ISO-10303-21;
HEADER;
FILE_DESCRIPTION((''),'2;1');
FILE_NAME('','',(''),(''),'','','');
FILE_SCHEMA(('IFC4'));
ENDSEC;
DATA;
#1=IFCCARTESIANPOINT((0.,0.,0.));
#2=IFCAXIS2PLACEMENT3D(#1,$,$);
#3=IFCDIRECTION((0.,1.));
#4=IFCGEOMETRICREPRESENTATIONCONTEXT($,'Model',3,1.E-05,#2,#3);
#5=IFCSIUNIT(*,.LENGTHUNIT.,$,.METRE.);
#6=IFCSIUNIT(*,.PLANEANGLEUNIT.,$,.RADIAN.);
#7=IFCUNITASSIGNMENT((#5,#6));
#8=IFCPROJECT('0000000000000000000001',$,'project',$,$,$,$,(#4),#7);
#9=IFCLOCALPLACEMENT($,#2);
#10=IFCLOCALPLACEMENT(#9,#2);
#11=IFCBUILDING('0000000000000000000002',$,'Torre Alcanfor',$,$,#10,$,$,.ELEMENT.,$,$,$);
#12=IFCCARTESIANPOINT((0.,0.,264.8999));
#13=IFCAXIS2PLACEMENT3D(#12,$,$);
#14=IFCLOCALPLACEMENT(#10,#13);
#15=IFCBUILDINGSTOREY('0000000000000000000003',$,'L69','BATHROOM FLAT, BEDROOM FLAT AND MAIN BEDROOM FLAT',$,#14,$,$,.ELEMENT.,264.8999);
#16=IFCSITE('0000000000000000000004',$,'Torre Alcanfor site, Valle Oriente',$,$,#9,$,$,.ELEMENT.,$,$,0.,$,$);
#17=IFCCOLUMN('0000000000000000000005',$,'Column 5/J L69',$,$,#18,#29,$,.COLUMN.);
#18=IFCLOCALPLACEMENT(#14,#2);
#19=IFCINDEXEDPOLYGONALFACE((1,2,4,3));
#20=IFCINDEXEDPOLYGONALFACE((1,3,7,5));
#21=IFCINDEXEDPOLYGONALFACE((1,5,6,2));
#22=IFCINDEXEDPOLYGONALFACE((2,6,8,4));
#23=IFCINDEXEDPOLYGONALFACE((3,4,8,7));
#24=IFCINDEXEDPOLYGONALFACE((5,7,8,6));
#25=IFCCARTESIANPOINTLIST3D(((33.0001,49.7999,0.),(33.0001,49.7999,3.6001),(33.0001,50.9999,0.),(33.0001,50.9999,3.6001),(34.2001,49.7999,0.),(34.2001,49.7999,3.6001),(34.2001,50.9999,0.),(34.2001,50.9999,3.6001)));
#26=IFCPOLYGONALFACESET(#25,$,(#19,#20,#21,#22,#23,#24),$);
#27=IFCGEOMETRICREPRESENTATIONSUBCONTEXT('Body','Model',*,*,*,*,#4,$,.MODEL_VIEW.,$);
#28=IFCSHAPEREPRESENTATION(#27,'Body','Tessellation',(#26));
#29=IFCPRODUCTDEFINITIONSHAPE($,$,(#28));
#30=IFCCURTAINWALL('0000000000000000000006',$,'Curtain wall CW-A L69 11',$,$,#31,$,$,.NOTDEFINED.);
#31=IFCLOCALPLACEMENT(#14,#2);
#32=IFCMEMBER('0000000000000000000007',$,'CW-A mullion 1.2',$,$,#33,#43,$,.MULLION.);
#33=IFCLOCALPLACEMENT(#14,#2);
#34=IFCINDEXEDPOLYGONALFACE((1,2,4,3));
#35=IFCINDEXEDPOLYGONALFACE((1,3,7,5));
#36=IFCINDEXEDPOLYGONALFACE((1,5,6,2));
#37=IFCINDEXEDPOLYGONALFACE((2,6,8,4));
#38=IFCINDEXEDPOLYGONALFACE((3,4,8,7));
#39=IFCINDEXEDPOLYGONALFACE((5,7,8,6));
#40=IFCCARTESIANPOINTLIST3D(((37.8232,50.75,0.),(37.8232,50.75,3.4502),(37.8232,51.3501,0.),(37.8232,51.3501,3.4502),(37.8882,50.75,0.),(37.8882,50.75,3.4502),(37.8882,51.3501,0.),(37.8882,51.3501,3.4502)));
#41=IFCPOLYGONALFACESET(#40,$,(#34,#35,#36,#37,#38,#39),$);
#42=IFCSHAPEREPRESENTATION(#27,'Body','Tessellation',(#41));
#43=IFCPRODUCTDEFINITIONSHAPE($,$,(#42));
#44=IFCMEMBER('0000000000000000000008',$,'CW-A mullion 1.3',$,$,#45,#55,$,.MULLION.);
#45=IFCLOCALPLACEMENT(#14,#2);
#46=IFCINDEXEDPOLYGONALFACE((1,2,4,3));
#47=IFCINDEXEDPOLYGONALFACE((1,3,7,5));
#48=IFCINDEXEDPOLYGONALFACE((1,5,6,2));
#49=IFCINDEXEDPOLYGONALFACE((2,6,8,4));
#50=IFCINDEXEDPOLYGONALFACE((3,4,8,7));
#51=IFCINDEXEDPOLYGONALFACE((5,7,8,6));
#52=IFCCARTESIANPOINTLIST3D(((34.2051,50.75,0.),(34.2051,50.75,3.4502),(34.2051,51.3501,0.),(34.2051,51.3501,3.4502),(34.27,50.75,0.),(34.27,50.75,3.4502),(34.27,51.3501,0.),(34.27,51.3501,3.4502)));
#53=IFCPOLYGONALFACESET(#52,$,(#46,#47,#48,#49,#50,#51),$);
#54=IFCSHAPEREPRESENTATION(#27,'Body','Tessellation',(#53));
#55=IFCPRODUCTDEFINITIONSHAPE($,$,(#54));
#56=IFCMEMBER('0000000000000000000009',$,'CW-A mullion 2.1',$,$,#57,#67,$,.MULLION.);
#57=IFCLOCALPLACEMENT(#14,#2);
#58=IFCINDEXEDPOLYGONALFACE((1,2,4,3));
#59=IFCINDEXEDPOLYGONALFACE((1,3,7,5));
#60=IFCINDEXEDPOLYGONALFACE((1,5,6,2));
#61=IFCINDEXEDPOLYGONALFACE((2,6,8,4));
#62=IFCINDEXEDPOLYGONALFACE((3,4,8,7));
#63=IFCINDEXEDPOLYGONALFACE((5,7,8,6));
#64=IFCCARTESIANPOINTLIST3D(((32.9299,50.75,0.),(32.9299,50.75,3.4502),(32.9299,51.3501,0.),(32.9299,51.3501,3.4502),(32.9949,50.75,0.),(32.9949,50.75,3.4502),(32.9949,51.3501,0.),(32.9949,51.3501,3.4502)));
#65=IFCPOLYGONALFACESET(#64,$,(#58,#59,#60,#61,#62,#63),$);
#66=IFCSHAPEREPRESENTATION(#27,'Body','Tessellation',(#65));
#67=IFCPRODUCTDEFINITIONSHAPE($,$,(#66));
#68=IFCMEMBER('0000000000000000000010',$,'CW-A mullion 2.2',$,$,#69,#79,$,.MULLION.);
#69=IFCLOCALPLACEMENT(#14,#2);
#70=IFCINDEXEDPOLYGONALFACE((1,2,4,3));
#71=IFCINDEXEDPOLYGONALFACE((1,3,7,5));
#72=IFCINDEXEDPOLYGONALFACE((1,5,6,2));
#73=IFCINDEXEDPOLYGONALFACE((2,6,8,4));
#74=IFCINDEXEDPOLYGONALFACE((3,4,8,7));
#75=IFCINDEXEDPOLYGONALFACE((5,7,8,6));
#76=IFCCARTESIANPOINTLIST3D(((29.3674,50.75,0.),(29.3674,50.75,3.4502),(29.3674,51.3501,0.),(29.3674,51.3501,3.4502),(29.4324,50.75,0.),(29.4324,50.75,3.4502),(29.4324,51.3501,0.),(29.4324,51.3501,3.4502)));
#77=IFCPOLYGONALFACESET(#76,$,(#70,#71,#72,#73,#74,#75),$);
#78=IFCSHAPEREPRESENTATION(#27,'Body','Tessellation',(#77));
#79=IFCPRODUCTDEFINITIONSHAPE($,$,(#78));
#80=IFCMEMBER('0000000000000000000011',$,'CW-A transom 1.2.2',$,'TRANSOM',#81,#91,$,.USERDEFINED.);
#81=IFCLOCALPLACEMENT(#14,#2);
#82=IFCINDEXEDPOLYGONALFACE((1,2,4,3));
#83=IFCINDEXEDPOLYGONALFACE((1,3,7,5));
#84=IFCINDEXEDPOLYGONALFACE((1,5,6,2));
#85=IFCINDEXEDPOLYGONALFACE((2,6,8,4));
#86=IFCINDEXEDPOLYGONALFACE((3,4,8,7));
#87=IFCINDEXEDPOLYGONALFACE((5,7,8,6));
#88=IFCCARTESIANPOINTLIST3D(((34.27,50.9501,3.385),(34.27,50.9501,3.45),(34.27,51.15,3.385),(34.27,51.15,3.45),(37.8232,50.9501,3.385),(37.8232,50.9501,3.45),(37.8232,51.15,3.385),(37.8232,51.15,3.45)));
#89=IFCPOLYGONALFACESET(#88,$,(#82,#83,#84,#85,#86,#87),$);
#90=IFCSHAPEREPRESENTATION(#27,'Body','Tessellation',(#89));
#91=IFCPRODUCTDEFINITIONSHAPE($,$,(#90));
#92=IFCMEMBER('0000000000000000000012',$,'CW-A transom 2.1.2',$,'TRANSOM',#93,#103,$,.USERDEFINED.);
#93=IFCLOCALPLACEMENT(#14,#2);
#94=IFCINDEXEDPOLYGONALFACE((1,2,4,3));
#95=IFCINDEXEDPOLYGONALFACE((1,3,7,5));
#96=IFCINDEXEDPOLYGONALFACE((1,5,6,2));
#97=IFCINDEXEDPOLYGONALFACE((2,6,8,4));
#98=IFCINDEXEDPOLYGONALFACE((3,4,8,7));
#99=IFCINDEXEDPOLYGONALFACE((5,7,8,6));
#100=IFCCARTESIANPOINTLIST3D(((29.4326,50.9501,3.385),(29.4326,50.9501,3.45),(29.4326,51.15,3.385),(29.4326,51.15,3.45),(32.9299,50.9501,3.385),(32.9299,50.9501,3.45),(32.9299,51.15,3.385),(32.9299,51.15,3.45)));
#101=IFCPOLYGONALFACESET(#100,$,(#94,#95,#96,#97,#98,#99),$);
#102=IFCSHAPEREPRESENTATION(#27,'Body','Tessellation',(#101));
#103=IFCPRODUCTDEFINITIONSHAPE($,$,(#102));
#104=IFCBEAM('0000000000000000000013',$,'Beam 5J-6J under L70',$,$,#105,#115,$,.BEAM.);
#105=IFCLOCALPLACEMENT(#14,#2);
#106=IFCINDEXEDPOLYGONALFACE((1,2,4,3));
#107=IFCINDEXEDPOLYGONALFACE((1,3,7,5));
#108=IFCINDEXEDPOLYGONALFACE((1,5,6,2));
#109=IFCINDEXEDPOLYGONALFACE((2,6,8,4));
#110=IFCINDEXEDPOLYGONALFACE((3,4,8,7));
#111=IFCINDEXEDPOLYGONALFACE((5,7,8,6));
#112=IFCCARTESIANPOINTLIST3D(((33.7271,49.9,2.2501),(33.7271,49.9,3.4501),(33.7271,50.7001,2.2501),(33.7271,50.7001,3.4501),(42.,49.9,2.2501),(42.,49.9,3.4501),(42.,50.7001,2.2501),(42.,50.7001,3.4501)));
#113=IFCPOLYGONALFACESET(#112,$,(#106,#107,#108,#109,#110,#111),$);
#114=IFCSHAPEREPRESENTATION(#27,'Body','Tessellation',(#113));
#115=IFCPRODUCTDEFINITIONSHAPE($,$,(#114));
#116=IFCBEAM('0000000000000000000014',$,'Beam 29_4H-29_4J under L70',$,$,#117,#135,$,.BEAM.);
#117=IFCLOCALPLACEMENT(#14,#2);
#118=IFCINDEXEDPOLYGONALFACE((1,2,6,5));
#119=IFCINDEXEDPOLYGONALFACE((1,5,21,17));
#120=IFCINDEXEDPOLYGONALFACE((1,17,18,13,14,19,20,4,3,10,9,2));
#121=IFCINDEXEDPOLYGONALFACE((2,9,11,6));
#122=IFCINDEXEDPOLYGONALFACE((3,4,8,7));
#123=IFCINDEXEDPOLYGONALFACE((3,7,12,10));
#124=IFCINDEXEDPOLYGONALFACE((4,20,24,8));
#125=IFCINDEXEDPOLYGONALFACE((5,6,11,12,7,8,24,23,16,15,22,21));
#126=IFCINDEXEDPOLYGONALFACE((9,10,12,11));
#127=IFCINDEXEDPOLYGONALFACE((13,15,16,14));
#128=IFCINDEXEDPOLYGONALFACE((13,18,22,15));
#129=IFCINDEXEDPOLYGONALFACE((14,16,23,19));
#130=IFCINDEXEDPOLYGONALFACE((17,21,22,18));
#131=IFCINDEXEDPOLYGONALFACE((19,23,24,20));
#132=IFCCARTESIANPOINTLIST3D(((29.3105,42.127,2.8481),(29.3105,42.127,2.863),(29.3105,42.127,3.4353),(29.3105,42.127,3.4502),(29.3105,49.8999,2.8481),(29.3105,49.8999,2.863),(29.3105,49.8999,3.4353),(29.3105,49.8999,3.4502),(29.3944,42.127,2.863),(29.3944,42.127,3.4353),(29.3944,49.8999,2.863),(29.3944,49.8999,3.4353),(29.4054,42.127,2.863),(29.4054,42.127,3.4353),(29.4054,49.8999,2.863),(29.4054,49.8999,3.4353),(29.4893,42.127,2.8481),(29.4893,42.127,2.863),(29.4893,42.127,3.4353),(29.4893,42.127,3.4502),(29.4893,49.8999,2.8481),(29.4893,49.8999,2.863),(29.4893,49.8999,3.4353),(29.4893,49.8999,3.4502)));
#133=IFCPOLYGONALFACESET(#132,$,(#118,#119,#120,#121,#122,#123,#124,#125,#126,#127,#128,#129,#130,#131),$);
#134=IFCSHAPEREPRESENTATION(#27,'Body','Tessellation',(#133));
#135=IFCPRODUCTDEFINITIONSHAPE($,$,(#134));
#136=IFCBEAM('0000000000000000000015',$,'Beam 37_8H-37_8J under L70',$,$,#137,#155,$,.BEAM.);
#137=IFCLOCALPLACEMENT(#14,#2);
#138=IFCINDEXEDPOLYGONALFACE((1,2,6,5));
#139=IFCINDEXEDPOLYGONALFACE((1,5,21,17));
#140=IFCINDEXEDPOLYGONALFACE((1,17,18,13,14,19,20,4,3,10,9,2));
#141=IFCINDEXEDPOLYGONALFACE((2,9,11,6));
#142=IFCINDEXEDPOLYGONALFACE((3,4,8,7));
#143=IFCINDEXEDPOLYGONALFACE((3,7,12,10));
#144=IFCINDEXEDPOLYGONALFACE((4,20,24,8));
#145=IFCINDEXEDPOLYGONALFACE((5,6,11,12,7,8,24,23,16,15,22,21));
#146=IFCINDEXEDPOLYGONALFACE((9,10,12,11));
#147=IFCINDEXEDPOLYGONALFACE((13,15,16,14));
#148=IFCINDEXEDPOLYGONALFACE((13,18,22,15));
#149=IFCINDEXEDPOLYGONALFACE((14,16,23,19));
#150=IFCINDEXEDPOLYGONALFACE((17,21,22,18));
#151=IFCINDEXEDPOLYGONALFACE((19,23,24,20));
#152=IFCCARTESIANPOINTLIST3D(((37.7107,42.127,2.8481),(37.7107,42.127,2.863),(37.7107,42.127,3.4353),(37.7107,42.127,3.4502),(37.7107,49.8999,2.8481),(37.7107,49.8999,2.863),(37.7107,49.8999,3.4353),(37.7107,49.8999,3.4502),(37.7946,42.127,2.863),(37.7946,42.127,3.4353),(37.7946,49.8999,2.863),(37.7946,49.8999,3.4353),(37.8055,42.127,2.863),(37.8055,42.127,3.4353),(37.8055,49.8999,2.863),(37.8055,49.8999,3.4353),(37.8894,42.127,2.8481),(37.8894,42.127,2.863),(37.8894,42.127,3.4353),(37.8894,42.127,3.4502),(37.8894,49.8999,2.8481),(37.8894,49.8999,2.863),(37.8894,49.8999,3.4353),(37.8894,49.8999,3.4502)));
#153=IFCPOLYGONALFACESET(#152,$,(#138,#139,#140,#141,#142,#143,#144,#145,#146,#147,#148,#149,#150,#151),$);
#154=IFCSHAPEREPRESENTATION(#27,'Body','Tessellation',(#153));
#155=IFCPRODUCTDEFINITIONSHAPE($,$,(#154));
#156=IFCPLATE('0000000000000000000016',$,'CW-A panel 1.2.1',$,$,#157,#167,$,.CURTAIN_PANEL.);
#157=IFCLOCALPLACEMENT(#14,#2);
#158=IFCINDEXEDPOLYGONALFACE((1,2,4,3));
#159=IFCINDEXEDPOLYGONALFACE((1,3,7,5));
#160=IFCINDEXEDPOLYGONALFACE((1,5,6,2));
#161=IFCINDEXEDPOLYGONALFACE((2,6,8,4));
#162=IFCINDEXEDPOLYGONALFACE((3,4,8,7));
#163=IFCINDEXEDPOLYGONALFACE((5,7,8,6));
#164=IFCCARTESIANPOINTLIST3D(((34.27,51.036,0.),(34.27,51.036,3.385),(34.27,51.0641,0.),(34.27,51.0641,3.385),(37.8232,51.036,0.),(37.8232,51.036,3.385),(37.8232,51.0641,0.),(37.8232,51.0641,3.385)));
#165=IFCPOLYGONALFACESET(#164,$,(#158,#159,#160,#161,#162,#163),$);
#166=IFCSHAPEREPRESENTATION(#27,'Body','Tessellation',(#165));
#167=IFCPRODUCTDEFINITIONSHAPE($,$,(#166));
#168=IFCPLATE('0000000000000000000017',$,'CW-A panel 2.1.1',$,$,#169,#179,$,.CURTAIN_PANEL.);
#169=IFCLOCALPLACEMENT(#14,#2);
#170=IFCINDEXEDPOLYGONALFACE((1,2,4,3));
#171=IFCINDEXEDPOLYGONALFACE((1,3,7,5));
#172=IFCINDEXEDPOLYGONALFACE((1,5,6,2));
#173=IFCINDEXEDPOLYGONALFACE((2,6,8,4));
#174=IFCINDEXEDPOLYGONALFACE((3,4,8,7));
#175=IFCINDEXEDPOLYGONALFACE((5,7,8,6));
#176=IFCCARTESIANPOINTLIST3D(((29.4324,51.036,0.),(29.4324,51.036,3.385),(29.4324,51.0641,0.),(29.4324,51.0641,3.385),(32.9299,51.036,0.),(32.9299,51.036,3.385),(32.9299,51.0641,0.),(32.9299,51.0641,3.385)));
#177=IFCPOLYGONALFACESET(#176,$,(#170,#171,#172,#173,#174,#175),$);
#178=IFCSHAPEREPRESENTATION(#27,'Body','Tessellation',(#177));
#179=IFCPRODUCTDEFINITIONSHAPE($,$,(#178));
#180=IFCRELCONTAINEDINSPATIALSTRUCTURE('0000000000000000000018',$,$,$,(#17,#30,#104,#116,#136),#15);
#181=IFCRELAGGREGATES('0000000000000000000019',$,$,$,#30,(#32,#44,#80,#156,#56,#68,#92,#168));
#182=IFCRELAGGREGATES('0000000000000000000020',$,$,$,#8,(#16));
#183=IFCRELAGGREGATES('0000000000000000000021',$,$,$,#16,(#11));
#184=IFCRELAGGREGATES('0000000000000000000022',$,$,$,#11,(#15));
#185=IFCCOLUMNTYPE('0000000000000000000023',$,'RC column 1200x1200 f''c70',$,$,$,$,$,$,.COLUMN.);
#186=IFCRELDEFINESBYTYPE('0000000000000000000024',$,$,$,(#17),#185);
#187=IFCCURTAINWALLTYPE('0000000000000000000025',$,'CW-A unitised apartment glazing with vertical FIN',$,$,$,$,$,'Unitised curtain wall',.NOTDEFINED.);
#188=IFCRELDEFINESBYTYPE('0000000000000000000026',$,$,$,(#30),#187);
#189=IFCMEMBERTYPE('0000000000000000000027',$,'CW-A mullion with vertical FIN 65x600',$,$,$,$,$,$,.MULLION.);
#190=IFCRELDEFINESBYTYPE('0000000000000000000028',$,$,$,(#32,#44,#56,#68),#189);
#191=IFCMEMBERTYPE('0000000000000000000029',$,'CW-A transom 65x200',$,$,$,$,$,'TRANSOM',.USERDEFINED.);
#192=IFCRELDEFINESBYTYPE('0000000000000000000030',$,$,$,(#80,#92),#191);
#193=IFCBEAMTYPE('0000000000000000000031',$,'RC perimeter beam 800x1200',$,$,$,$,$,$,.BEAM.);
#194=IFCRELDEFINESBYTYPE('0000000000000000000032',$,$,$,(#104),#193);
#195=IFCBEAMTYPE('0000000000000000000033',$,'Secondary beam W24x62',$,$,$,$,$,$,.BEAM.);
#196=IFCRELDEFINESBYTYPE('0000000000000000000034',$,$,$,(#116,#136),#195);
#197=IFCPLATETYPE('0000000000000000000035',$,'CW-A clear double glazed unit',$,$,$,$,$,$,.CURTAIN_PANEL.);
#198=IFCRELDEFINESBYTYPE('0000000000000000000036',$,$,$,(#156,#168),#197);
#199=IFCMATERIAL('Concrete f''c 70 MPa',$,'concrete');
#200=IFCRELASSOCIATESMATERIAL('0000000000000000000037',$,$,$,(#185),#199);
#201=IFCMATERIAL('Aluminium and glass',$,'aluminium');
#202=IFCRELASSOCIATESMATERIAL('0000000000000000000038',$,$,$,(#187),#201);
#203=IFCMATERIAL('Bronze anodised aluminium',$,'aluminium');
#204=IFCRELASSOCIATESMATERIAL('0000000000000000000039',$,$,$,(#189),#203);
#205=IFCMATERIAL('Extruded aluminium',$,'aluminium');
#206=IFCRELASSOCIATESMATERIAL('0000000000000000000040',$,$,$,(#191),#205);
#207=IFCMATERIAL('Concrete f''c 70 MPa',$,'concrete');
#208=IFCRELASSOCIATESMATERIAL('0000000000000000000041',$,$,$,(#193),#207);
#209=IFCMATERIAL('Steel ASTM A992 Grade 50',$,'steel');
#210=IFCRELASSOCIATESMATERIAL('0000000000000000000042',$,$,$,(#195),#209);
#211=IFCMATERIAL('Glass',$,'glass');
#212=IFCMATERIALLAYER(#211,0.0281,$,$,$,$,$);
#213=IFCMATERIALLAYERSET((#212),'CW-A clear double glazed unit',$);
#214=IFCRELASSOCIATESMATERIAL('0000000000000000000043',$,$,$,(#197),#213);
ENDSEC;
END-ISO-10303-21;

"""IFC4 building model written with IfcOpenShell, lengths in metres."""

from ifc_helpers import new_model, si_unit, direction, frame, origin, origin_2d, place, context, subcontext, project, spatial, rectangle, i_section, extrude, material, layer, layer_set, material_profile, profile_set, type_object, element, aggregate, save


model = new_model("IFC4")

# Units and contexts
model_context = context("Model", 3, precision=1e-05, world=origin(), true_north=direction((0.0, 1.0)))
body_context = subcontext(model_context, "Body", "Model", "MODEL_VIEW")
ifc_project = project(units=[si_unit("LENGTHUNIT", "METRE"), si_unit("PLANEANGLEUNIT", "RADIAN")], contexts=[model_context])

# Site, building, storey
site_placement = place(None, origin())
site = spatial("IfcSite", under=ifc_project, at=site_placement, Name="Torre Alcanfor site, Valle Oriente", CompositionType="ELEMENT", RefElevation=0.0)
building_placement = place(site_placement, origin())
building = spatial("IfcBuilding", under=site, at=building_placement, Name="Torre Alcanfor", CompositionType="ELEMENT")
storey_placement = place(building_placement, frame((0.0, 0.0, 264.8999)))
storey = spatial("IfcBuildingStorey", under=building, at=storey_placement, Name="L69", Description="BATHROOM FLAT, BEDROOM FLAT AND MAIN BEDROOM FLAT", CompositionType="ELEMENT", Elevation=264.8999)

# Column
ifc_material_1 = material(Name="Concrete f'c 70 MPa", Category="concrete")
ifc_material_profile_1 = material_profile(ifc_material_1, rectangle(XDim=1.2, YDim=1.2, at=origin_2d()), Name="1200x1200")
ifc_profile_set_1 = profile_set([ifc_material_profile_1], Name="Concrete f'c 70 MPa")
column_type = type_object("IfcColumnType", Name="RC column 1200x1200 f'c70", PredefinedType="COLUMN", material=ifc_profile_set_1)
column_placement = place(storey_placement, frame((33.6001, 50.3999, 0.0), z_axis=(0.0, 0.0, 1.0), x_axis=(1.0, 0.0, 0.0)))
element("IfcColumn", 1, at=column_placement, inside=storey, type_object=column_type, Name="Column 5/J L69", PredefinedType="COLUMN", context=body_context, shape_type="SweptSolid", body=[
    extrude(rectangle(XDim=1.2, YDim=1.2, at=origin_2d()), origin(), (0.0, 0.0, 1.0), 3.6001),
])

# Curtain wall, members
ifc_material_2 = material(Name="Aluminium and glass", Category="aluminium")
curtain_wall_type = type_object("IfcCurtainWallType", Name="CW-A unitised apartment glazing with vertical FIN", ElementType="Unitised curtain wall", PredefinedType="NOTDEFINED", material=ifc_material_2)
curtain_wall_placement = place(storey_placement, origin())
curtain_wall = element("IfcCurtainWall", 2, at=curtain_wall_placement, inside=storey, type_object=curtain_wall_type, Name="Curtain wall CW-A L69 11", PredefinedType="NOTDEFINED")
ifc_material_3 = material(Name="Bronze anodised aluminium", Category="aluminium")
ifc_material_profile_2 = material_profile(ifc_material_3, rectangle(XDim=0.6001, YDim=0.0649, at=origin_2d()), Name="CW-A mullion 65x600")
ifc_profile_set_2 = profile_set([ifc_material_profile_2], Name="Bronze anodised aluminium")
member_type_1 = type_object("IfcMemberType", Name="CW-A mullion with vertical FIN 65x600", PredefinedType="MULLION", material=ifc_profile_set_2)
member_1_placement = place(storey_placement, frame((37.8557, 51.05, 0.0), z_axis=(0.0, 0.0, 1.0), x_axis=(0.0, -1.0, 0.0)))
member_1 = element("IfcMember", 3, at=member_1_placement, type_object=member_type_1, Name="CW-A mullion 1.2", PredefinedType="MULLION", context=body_context, shape_type="SweptSolid", body=[
    extrude(rectangle(XDim=0.6001, YDim=0.0649, at=origin_2d()), origin(), (0.0, 0.0, 1.0), 3.4502),
])
member_2_placement = place(storey_placement, frame((34.2375, 51.05, 0.0), z_axis=(0.0, 0.0, 1.0), x_axis=(0.0, -1.0, 0.0)))
member_2 = element("IfcMember", 4, at=member_2_placement, type_object=member_type_1, Name="CW-A mullion 1.3", PredefinedType="MULLION", context=body_context, shape_type="SweptSolid", body=[
    extrude(rectangle(XDim=0.6001, YDim=0.0649, at=origin_2d()), origin(), (0.0, 0.0, 1.0), 3.4502),
])
member_3_placement = place(storey_placement, frame((32.9624, 51.05, 0.0), z_axis=(0.0, 0.0, 1.0), x_axis=(0.0, -1.0, 0.0)))
member_3 = element("IfcMember", 5, at=member_3_placement, type_object=member_type_1, Name="CW-A mullion 2.1", PredefinedType="MULLION", context=body_context, shape_type="SweptSolid", body=[
    extrude(rectangle(XDim=0.6001, YDim=0.0649, at=origin_2d()), origin(), (0.0, 0.0, 1.0), 3.4502),
])
member_4_placement = place(storey_placement, frame((29.3999, 51.05, 0.0), z_axis=(0.0, 0.0, 1.0), x_axis=(0.0, -1.0, 0.0)))
member_4 = element("IfcMember", 6, at=member_4_placement, type_object=member_type_1, Name="CW-A mullion 2.2", PredefinedType="MULLION", context=body_context, shape_type="SweptSolid", body=[
    extrude(rectangle(XDim=0.6001, YDim=0.0649, at=origin_2d()), origin(), (0.0, 0.0, 1.0), 3.4502),
])
ifc_material_4 = material(Name="Extruded aluminium", Category="aluminium")
ifc_material_profile_3 = material_profile(ifc_material_4, rectangle(XDim=0.2, YDim=0.0649, at=origin_2d()), Name="CW-A transom 200x65")
ifc_profile_set_3 = profile_set([ifc_material_profile_3], Name="Extruded aluminium")
member_type_2 = type_object("IfcMemberType", Name="CW-A transom 65x200", ElementType="TRANSOM", PredefinedType="USERDEFINED", material=ifc_profile_set_3)
member_5_placement = place(storey_placement, frame((37.8232, 51.05, 3.4175), z_axis=(-1.0, 0.0, 0.0), x_axis=(0.0, -1.0, 0.0)))
member_5 = element("IfcMember", 7, at=member_5_placement, type_object=member_type_2, Name="CW-A transom 1.2.2", ObjectType="TRANSOM", PredefinedType="USERDEFINED", context=body_context, shape_type="SweptSolid", body=[
    extrude(rectangle(XDim=0.2, YDim=0.0649, at=origin_2d()), origin(), (0.0, 0.0, 1.0), 3.5532),
])
member_6_placement = place(storey_placement, frame((32.9299, 51.05, 3.4175), z_axis=(-1.0, 0.0, 0.0), x_axis=(0.0, -1.0, 0.0)))
member_6 = element("IfcMember", 8, at=member_6_placement, type_object=member_type_2, Name="CW-A transom 2.1.2", ObjectType="TRANSOM", PredefinedType="USERDEFINED", context=body_context, shape_type="SweptSolid", body=[
    extrude(rectangle(XDim=0.2, YDim=0.0649, at=origin_2d()), origin(), (0.0, 0.0, 1.0), 3.4973),
])

# Beams
ifc_material_5 = material(Name="Concrete f'c 70 MPa", Category="concrete")
ifc_material_profile_4 = material_profile(ifc_material_5, rectangle(XDim=0.8, YDim=1.2, at=origin_2d()), Name="800x1200")
ifc_profile_set_4 = profile_set([ifc_material_profile_4], Name="Concrete f'c 70 MPa")
beam_type_1 = type_object("IfcBeamType", Name="RC perimeter beam 800x1200", PredefinedType="BEAM", material=ifc_profile_set_4)
beam_placement = place(storey_placement, frame((33.7271, 50.3, 2.8501), z_axis=(1.0, 0.0, 0.0), x_axis=(0.0, 1.0, 0.0)))
element("IfcBeam", 9, at=beam_placement, inside=storey, type_object=beam_type_1, Name="Beam 5J-6J under L70", PredefinedType="BEAM", context=body_context, shape_type="SweptSolid", body=[
    extrude(rectangle(XDim=0.8, YDim=1.2, at=origin_2d()), origin(), (0.0, 0.0, 1.0), 8.2729),
])
ifc_material_6 = material(Name="Steel ASTM A992 Grade 50", Category="steel")
ifc_material_profile_5 = material_profile(ifc_material_6, i_section(OverallWidth=0.1787, OverallDepth=0.6021, WebThickness=0.011, FlangeThickness=0.0149, at=origin_2d()), Name="W24x62")
ifc_profile_set_5 = profile_set([ifc_material_profile_5], Name="Steel ASTM A992 Grade 50")
beam_type_2 = type_object("IfcBeamType", Name="Secondary beam W24x62", PredefinedType="BEAM", material=ifc_profile_set_5)
for number, where, z_axis, x_axis, name in (
    (10, (29.3999, 42.127, 3.1492), (0.0, 1.0, 0.0), (-1.0, 0.0, 0.0), "Beam 29_4H-29_4J under L70"),
    (11, (37.8, 42.127, 3.1492), (0.0, 1.0, 0.0), (-1.0, 0.0, 0.0), "Beam 37_8H-37_8J under L70"),
):
    element("IfcBeam", number, at=place(storey_placement, frame(where, z_axis=z_axis, x_axis=x_axis)), inside=storey, type_object=beam_type_2, Name=name, PredefinedType="BEAM", context=body_context, shape_type="SweptSolid", body=[
        extrude(i_section(OverallWidth=0.1787, OverallDepth=0.6021, WebThickness=0.011, FlangeThickness=0.0149, at=origin_2d()), origin(), (0.0, 0.0, 1.0), 7.7729),
    ])

# Plates
ifc_material_7 = material(Name="Glass", Category="glass")
ifc_layer_1 = layer(ifc_material_7, 0.0281)
ifc_layer_set_1 = layer_set([ifc_layer_1], Name="CW-A clear double glazed unit")
plate_type = type_object("IfcPlateType", Name="CW-A clear double glazed unit", PredefinedType="CURTAIN_PANEL", material=ifc_layer_set_1)
plate_1_placement = place(storey_placement, frame((36.0466, 51.05, 0.0), z_axis=(0.0, 0.0, 1.0), x_axis=(-1.0, 0.0, 0.0)))
plate_1 = element("IfcPlate", 12, at=plate_1_placement, type_object=plate_type, Name="CW-A panel 1.2.1", PredefinedType="CURTAIN_PANEL", context=body_context, shape_type="SweptSolid", body=[
    extrude(rectangle(XDim=3.5532, YDim=0.0281, at=origin_2d()), origin(), (0.0, 0.0, 1.0), 3.385),
])
plate_2_placement = place(storey_placement, frame((31.1812, 51.05, 0.0), z_axis=(0.0, 0.0, 1.0), x_axis=(-1.0, 0.0, 0.0)))
plate_2 = element("IfcPlate", 13, at=plate_2_placement, type_object=plate_type, Name="CW-A panel 2.1.1", PredefinedType="CURTAIN_PANEL", context=body_context, shape_type="SweptSolid", body=[
    extrude(rectangle(XDim=3.4976, YDim=0.0281, at=origin_2d()), origin(), (0.0, 0.0, 1.0), 3.385),
])
aggregate(curtain_wall, [member_1, member_2, member_5, plate_1, member_3, member_4, member_6, plate_2])

save(model, "model.ifc")
